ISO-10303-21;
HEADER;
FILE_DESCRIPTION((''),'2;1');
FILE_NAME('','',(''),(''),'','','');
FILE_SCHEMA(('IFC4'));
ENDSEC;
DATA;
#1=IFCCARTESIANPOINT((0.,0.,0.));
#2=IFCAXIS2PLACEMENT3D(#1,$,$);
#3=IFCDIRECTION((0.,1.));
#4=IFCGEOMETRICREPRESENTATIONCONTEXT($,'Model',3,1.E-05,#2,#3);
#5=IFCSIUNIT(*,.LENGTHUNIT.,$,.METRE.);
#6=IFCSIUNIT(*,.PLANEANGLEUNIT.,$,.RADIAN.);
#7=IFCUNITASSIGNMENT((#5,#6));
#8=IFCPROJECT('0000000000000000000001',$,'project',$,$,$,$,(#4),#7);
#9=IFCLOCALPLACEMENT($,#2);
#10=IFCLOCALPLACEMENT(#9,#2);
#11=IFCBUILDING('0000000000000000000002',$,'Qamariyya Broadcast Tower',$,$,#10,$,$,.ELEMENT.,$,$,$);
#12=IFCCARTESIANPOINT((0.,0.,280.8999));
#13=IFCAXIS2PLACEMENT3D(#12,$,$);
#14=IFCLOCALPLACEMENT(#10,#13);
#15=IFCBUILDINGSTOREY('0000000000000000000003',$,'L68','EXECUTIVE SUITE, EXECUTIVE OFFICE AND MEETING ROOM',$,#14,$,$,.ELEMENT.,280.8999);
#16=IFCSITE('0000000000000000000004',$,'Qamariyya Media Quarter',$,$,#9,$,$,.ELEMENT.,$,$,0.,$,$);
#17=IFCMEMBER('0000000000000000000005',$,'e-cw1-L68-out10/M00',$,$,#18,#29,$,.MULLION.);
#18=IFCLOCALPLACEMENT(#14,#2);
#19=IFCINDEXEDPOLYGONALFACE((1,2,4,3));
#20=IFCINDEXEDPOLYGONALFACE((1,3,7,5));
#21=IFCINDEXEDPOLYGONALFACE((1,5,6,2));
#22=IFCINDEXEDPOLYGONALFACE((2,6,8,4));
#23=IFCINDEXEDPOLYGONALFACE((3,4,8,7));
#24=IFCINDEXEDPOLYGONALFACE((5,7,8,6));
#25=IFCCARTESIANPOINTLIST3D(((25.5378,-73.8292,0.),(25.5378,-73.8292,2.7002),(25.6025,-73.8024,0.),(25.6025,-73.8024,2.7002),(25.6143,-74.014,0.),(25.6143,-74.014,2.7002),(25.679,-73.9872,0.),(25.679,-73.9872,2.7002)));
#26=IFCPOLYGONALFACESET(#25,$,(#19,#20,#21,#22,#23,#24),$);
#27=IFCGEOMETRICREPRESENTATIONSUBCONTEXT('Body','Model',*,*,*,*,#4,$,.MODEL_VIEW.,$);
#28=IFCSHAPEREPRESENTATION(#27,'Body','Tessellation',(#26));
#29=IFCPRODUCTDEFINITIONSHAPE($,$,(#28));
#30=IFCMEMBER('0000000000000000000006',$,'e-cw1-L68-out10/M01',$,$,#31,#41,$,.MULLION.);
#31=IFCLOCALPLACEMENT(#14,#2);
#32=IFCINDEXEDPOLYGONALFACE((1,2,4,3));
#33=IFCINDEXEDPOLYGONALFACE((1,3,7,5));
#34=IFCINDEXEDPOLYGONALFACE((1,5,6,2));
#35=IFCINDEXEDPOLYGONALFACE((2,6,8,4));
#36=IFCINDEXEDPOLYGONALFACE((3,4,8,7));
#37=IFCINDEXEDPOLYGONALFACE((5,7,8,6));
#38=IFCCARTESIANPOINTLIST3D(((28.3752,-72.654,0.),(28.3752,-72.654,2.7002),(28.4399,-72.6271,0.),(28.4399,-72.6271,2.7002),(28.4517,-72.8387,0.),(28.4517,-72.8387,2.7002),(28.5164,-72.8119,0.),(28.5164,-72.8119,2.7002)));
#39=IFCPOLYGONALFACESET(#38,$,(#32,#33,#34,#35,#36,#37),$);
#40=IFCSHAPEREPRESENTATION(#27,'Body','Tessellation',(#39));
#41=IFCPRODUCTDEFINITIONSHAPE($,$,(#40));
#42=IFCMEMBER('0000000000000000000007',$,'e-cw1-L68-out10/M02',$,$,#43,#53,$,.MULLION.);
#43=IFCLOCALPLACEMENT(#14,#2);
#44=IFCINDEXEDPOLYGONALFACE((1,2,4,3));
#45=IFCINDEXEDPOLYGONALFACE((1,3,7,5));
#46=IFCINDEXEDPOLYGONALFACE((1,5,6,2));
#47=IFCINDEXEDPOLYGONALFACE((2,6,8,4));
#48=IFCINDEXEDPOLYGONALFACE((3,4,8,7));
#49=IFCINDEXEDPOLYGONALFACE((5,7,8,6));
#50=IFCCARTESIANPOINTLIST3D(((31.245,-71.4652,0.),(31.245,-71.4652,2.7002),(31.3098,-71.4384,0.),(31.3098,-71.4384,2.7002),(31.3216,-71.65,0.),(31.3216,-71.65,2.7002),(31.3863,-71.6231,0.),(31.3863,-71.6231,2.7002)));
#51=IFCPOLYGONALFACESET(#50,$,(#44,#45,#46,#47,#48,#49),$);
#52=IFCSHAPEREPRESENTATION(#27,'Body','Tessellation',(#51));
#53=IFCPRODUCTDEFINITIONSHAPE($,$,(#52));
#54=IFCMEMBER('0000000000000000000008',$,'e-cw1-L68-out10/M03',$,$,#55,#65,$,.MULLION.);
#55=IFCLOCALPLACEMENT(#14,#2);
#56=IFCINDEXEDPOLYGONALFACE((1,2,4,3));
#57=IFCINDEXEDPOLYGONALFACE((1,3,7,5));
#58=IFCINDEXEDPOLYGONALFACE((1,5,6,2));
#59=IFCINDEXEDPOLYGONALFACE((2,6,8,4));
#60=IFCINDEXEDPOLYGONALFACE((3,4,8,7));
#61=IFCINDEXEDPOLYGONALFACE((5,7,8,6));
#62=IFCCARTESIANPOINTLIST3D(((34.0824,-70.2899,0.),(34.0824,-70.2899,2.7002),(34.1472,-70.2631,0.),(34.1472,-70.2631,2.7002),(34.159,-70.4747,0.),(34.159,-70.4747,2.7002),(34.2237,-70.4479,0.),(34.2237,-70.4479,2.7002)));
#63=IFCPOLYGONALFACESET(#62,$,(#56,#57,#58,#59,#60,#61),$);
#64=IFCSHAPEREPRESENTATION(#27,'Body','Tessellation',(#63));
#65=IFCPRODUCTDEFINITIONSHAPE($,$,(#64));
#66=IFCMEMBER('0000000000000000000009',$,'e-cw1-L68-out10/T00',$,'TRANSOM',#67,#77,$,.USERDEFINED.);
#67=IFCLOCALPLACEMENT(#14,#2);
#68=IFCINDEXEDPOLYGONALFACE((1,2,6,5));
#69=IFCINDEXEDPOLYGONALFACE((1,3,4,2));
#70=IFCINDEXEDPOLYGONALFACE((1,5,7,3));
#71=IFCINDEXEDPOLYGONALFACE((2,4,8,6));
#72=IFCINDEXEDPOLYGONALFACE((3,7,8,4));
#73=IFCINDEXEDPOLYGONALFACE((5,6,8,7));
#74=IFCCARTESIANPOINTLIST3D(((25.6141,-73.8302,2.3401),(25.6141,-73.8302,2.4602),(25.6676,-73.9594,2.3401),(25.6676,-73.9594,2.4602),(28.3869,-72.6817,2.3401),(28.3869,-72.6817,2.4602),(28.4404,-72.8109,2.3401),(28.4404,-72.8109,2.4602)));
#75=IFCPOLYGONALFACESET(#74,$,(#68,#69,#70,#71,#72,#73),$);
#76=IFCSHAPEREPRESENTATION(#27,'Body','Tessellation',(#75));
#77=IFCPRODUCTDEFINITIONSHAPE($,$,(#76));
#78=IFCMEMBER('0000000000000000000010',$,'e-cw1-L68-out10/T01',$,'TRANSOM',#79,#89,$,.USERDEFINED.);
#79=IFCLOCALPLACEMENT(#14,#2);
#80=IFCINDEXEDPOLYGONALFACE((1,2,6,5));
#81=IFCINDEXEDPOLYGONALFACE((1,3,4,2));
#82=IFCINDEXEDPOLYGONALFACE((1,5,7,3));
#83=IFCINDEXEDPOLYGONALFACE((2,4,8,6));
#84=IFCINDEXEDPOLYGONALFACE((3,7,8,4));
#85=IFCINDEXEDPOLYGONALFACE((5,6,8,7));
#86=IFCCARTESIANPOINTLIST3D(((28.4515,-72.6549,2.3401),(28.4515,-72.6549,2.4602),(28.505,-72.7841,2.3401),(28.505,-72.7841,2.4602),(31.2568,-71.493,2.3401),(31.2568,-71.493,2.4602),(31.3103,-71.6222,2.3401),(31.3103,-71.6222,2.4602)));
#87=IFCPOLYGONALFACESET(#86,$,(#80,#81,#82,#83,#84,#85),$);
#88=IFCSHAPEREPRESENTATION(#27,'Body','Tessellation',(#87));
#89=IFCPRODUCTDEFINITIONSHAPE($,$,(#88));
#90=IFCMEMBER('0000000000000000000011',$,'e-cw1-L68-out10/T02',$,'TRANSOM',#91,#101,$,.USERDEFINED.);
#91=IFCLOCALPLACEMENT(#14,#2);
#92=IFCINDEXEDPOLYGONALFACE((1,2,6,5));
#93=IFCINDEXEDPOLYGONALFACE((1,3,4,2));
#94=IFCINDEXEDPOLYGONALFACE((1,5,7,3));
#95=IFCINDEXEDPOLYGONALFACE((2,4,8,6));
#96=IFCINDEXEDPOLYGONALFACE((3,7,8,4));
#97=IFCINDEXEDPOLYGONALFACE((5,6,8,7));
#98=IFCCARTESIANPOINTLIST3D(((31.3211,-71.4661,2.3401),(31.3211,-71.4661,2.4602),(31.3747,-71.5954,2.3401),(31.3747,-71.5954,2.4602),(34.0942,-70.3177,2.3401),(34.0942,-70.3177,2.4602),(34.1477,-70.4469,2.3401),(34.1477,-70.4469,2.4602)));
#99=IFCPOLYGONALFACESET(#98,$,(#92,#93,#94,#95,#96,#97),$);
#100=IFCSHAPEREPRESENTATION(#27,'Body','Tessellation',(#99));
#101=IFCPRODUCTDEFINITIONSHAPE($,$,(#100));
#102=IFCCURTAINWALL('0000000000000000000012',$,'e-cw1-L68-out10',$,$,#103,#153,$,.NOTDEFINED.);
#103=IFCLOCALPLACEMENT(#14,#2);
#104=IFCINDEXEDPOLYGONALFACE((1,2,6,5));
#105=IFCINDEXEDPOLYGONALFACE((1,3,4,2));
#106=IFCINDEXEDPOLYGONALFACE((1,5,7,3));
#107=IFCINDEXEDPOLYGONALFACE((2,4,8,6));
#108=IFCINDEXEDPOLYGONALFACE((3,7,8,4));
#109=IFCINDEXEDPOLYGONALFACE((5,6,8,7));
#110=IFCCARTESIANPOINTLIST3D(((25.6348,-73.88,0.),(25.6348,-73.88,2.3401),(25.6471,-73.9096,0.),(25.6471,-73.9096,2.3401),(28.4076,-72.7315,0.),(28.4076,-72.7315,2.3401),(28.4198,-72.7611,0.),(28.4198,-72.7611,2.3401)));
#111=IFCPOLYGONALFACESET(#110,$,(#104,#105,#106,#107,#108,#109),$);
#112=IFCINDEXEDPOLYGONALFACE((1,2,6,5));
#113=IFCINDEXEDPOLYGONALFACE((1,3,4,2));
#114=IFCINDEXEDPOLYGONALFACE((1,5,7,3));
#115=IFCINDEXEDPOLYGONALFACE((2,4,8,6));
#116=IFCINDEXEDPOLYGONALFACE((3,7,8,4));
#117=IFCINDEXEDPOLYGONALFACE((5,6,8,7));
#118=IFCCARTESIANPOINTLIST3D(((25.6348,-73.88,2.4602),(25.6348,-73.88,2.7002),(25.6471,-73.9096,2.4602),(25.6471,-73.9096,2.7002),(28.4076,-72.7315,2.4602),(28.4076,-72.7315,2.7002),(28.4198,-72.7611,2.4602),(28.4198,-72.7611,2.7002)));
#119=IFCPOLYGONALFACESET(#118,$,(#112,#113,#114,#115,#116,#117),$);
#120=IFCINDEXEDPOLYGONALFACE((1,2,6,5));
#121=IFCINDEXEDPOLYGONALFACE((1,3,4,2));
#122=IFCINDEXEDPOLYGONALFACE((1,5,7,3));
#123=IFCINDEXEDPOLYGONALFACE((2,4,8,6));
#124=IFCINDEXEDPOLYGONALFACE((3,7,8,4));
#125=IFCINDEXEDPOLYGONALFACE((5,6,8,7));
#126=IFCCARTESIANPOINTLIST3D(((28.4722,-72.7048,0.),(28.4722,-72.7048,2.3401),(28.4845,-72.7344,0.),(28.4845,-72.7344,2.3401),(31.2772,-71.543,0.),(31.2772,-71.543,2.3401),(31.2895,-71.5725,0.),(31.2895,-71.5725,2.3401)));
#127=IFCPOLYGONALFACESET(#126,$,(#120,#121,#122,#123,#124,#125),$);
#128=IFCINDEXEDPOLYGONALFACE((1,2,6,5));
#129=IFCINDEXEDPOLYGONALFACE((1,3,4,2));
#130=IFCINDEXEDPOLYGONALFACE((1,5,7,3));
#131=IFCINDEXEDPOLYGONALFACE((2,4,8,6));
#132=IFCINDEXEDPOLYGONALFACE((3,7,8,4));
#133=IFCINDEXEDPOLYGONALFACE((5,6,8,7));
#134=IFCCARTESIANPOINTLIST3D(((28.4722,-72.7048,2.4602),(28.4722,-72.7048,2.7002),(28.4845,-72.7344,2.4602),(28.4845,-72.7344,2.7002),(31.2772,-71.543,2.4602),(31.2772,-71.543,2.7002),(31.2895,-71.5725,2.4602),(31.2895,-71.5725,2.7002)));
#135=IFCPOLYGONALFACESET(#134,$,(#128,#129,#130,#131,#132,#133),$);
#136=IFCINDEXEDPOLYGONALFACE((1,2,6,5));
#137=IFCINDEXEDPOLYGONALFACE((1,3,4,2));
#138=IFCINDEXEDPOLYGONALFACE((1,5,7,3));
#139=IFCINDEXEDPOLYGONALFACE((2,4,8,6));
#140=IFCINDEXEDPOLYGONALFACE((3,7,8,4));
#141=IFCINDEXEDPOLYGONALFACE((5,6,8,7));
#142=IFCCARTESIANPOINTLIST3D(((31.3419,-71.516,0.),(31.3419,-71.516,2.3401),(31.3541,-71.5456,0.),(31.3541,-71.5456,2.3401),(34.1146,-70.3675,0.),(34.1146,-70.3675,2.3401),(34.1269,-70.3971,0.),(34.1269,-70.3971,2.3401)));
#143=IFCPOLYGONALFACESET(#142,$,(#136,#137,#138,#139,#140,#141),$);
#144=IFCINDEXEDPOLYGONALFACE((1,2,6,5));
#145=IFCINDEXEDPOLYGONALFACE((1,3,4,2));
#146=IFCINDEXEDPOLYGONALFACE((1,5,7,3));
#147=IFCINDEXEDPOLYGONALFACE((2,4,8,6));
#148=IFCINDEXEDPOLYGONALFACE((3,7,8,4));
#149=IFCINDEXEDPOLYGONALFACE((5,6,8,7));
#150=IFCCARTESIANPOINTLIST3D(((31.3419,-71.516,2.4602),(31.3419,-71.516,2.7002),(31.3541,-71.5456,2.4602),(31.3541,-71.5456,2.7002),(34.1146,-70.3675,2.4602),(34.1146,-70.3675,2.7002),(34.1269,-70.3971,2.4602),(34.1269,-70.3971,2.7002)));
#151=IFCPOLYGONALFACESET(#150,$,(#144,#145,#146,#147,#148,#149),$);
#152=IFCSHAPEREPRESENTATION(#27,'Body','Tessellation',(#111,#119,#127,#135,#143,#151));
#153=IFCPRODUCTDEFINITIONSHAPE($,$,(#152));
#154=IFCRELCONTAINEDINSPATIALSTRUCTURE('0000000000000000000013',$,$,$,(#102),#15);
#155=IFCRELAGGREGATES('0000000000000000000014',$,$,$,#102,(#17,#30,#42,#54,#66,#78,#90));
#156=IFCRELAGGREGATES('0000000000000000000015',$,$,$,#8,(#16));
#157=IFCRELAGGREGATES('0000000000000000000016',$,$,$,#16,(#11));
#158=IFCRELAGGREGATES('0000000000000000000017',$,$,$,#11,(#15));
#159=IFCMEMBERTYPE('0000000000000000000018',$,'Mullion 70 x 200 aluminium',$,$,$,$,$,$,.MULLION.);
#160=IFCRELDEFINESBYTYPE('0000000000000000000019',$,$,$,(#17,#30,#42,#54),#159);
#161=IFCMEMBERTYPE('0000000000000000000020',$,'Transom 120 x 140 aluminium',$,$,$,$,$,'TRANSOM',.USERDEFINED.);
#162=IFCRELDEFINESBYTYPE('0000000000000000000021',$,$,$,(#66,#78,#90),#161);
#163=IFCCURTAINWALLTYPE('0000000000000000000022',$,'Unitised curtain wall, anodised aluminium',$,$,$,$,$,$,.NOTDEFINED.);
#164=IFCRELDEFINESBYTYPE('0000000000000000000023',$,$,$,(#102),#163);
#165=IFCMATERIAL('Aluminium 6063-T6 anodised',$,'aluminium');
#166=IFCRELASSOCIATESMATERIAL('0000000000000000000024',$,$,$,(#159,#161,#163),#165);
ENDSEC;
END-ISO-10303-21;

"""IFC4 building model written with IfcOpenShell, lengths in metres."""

from ifc_helpers import new_model, si_unit, direction, frame, origin, origin_2d, place, context, subcontext, project, spatial, rectangle, extrude, material, material_profile, profile_set, type_object, element, aggregate, save


model = new_model("IFC4")

# Units and contexts
model_context = context("Model", 3, precision=1e-05, world=origin(), true_north=direction((0.0, 1.0)))
body_context = subcontext(model_context, "Body", "Model", "MODEL_VIEW")
ifc_project = project(units=[si_unit("LENGTHUNIT", "METRE"), si_unit("PLANEANGLEUNIT", "RADIAN")], contexts=[model_context])

# Members
ifc_material = material(Name="Aluminium 6063-T6 anodised", Category="aluminium")
ifc_material_profile_1 = material_profile(ifc_material, rectangle(XDim=0.2, YDim=0.0701, at=origin_2d()))
ifc_profile_set_1 = profile_set([ifc_material_profile_1], Name="Aluminium 6063-T6 anodised")
member_type_1 = type_object("IfcMemberType", Name="Mullion 70 x 200 aluminium", PredefinedType="MULLION", material=ifc_profile_set_1)
site_placement = place(None, origin())
building_placement = place(site_placement, origin())
storey_placement = place(building_placement, frame((0.0, 0.0, 280.8999)))
member_1_placement = place(storey_placement, frame((25.6084, -73.9082, 0.0), z_axis=(0.0, 0.0, 1.0), x_axis=(-0.382683, 0.92388, 0.0)))
member_1 = element("IfcMember", 1, at=member_1_placement, type_object=member_type_1, Name="e-cw1-L68-out10/M00", PredefinedType="MULLION", context=body_context, shape_type="SweptSolid", body=[
    extrude(rectangle(XDim=0.2, YDim=0.0701, at=origin_2d()), origin(), (0.0, 0.0, 1.0), 2.7002),
])
member_2_placement = place(storey_placement, frame((28.4458, -72.7329, 0.0), z_axis=(0.0, 0.0, 1.0), x_axis=(-0.382683, 0.92388, 0.0)))
member_2 = element("IfcMember", 2, at=member_2_placement, type_object=member_type_1, Name="e-cw1-L68-out10/M01", PredefinedType="MULLION", context=body_context, shape_type="SweptSolid", body=[
    extrude(rectangle(XDim=0.2, YDim=0.0701, at=origin_2d()), origin(), (0.0, 0.0, 1.0), 2.7002),
])
member_3_placement = place(storey_placement, frame((31.3157, -71.5442, 0.0), z_axis=(0.0, 0.0, 1.0), x_axis=(-0.382683, 0.92388, 0.0)))
member_3 = element("IfcMember", 3, at=member_3_placement, type_object=member_type_1, Name="e-cw1-L68-out10/M02", PredefinedType="MULLION", context=body_context, shape_type="SweptSolid", body=[
    extrude(rectangle(XDim=0.2, YDim=0.0701, at=origin_2d()), origin(), (0.0, 0.0, 1.0), 2.7002),
])
member_4_placement = place(storey_placement, frame((34.1531, -70.3689, 0.0), z_axis=(0.0, 0.0, 1.0), x_axis=(-0.382683, 0.92388, 0.0)))
member_4 = element("IfcMember", 4, at=member_4_placement, type_object=member_type_1, Name="e-cw1-L68-out10/M03", PredefinedType="MULLION", context=body_context, shape_type="SweptSolid", body=[
    extrude(rectangle(XDim=0.2, YDim=0.0701, at=origin_2d()), origin(), (0.0, 0.0, 1.0), 2.7002),
])
ifc_material_profile_2 = material_profile(ifc_material, rectangle(XDim=0.1399, YDim=0.1201, at=origin_2d()))
ifc_profile_set_2 = profile_set([ifc_material_profile_2], Name="Aluminium 6063-T6 anodised")
member_type_2 = type_object("IfcMemberType", Name="Transom 120 x 140 aluminium", ElementType="TRANSOM", PredefinedType="USERDEFINED", material=ifc_profile_set_2)
member_5_placement = place(storey_placement, frame((25.6409, -73.8948, 2.4001), z_axis=(0.923886, 0.382668, 0.0), x_axis=(-0.382668, 0.923886, 0.0)))
member_5 = element("IfcMember", 5, at=member_5_placement, type_object=member_type_2, Name="e-cw1-L68-out10/T00", ObjectType="TRANSOM", PredefinedType="USERDEFINED", context=body_context, shape_type="SweptSolid", body=[
    extrude(rectangle(XDim=0.1399, YDim=0.1201, at=origin_2d()), origin(), (0.0, 0.0, 1.0), 3.0012),
])
member_6_placement = place(storey_placement, frame((28.4783, -72.7195, 2.4001), z_axis=(0.923888, 0.382662, 0.0), x_axis=(-0.382662, 0.923888, 0.0)))
member_6 = element("IfcMember", 6, at=member_6_placement, type_object=member_type_2, Name="e-cw1-L68-out10/T01", ObjectType="TRANSOM", PredefinedType="USERDEFINED", context=body_context, shape_type="SweptSolid", body=[
    extrude(rectangle(XDim=0.1399, YDim=0.1201, at=origin_2d()), origin(), (0.0, 0.0, 1.0), 3.0364),
])
member_7_placement = place(storey_placement, frame((31.3479, -71.5308, 2.4001), z_axis=(0.923898, 0.382639, 0.0), x_axis=(-0.382639, 0.923898, 0.0)))
member_7 = element("IfcMember", 7, at=member_7_placement, type_object=member_type_2, Name="e-cw1-L68-out10/T02", ObjectType="TRANSOM", PredefinedType="USERDEFINED", context=body_context, shape_type="SweptSolid", body=[
    extrude(rectangle(XDim=0.1399, YDim=0.1201, at=origin_2d()), origin(), (0.0, 0.0, 1.0), 3.0015),
])

# Site, building, storey
site = spatial("IfcSite", under=ifc_project, at=site_placement, Name="Qamariyya Media Quarter", CompositionType="ELEMENT", RefElevation=0.0)
building = spatial("IfcBuilding", under=site, at=building_placement, Name="Qamariyya Broadcast Tower", CompositionType="ELEMENT")
storey = spatial("IfcBuildingStorey", under=building, at=storey_placement, Name="L68", Description="EXECUTIVE SUITE, EXECUTIVE OFFICE AND MEETING ROOM", CompositionType="ELEMENT", Elevation=280.8999)

# Curtain wall
curtain_wall_type = type_object("IfcCurtainWallType", Name="Unitised curtain wall, anodised aluminium", PredefinedType="NOTDEFINED", material=ifc_material)
curtain_wall_1_placement = place(storey_placement, origin())
curtain_wall_1 = element("IfcCurtainWall", 8, at=curtain_wall_1_placement, inside=storey, type_object=curtain_wall_type, Name="e-cw1-L68-out10", PredefinedType="NOTDEFINED", context=body_context, shape_type="SweptSolid", body=[
    extrude(rectangle(XDim=3.0012, YDim=0.032, at=origin_2d()), frame((27.0273, -73.3206, 0.0), x_axis=(0.923878, 0.382687, 0.0)), (0.0, 0.0, 1.0), 2.3401),
    extrude(rectangle(XDim=3.0012, YDim=0.032, at=origin_2d()), frame((27.0273, -73.3206, 2.4602), x_axis=(0.923878, 0.382687, 0.0)), (0.0, 0.0, 1.0), 0.24),
    extrude(rectangle(XDim=3.0361, YDim=0.032, at=origin_2d()), frame((29.8809, -72.1387, 0.0), x_axis=(0.923878, 0.382687, 0.0)), (0.0, 0.0, 1.0), 2.3401),
    extrude(rectangle(XDim=3.0361, YDim=0.032, at=origin_2d()), frame((29.8809, -72.1387, 2.4602), x_axis=(0.923878, 0.382687, 0.0)), (0.0, 0.0, 1.0), 0.24),
    extrude(rectangle(XDim=3.0012, YDim=0.032, at=origin_2d()), frame((32.7344, -70.9565, 0.0), x_axis=(0.923878, 0.382687, 0.0)), (0.0, 0.0, 1.0), 2.3401),
    extrude(rectangle(XDim=3.0012, YDim=0.032, at=origin_2d()), frame((32.7344, -70.9565, 2.4602), x_axis=(0.923878, 0.382687, 0.0)), (0.0, 0.0, 1.0), 0.24),
])
aggregate(curtain_wall_1, [member_1, member_2, member_3, member_4, member_5, member_6, member_7])

save(model, "model.ifc")
